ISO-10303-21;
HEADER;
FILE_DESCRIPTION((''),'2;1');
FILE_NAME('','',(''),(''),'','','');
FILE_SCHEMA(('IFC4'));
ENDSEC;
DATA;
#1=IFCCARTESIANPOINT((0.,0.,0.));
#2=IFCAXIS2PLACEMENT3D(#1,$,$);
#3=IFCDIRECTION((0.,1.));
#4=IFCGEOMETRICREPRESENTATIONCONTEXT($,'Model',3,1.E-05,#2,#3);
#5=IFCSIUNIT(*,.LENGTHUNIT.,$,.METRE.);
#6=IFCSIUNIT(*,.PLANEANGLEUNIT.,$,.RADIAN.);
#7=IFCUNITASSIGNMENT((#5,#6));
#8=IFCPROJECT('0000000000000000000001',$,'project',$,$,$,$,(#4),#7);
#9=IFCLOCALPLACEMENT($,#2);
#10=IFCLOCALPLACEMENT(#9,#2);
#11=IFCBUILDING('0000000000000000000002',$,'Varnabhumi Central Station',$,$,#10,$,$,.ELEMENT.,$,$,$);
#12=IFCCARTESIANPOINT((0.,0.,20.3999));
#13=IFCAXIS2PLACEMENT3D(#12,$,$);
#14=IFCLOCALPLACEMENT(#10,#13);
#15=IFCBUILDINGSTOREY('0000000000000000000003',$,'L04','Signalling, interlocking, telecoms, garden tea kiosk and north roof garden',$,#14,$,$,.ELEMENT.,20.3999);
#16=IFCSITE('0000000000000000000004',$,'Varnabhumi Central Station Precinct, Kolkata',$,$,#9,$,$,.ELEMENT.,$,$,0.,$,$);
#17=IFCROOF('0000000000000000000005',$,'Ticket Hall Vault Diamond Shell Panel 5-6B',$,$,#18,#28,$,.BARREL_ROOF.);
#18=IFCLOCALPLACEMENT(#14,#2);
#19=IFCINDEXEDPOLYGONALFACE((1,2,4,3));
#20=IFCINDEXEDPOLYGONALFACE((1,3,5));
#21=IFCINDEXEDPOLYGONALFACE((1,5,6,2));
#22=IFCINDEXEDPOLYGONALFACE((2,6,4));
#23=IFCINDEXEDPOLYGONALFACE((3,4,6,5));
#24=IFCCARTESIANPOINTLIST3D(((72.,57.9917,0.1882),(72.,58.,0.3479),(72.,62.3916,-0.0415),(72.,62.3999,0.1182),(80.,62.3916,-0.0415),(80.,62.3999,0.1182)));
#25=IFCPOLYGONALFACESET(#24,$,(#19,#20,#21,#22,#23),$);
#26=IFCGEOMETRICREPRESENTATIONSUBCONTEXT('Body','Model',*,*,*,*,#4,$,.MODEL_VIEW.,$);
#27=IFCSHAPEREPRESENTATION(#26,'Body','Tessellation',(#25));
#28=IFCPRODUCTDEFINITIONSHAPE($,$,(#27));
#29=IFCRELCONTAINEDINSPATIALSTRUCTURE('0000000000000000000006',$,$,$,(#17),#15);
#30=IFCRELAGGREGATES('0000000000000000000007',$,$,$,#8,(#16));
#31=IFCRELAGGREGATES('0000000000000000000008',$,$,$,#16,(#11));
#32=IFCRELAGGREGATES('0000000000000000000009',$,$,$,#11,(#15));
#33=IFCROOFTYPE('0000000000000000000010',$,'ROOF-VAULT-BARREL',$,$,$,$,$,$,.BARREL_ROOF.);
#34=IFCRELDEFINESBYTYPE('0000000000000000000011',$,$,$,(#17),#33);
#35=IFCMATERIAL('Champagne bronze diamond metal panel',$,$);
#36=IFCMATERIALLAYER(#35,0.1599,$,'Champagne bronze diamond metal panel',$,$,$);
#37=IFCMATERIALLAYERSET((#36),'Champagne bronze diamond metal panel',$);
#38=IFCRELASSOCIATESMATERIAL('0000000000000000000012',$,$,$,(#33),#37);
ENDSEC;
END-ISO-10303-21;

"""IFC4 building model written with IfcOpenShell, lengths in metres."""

from ifc_helpers import new_model, si_unit, direction, frame, origin, place, context, subcontext, project, spatial, polyline, outline, extrude, material, layer, layer_set, type_object, element, save


model = new_model("IFC4")

# Units and contexts
model_context = context("Model", 3, precision=1e-05, world=origin(), true_north=direction((0.0, 1.0)))
body_context = subcontext(model_context, "Body", "Model", "MODEL_VIEW")
ifc_project = project(units=[si_unit("LENGTHUNIT", "METRE"), si_unit("PLANEANGLEUNIT", "RADIAN")], contexts=[model_context])

# Site, building, storey
site_placement = place(None, origin())
site = spatial("IfcSite", under=ifc_project, at=site_placement, Name="Varnabhumi Central Station Precinct, Kolkata", CompositionType="ELEMENT", RefElevation=0.0)
building_placement = place(site_placement, origin())
building = spatial("IfcBuilding", under=site, at=building_placement, Name="Varnabhumi Central Station", CompositionType="ELEMENT")
storey_placement = place(building_placement, frame((0.0, 0.0, 20.3999)))
storey = spatial("IfcBuildingStorey", under=building, at=storey_placement, Name="L04", Description="Signalling, interlocking, telecoms, garden tea kiosk and north roof garden", CompositionType="ELEMENT", Elevation=20.3999)

# Roof
ifc_material_1 = material(Name="Champagne bronze diamond metal panel")
ifc_layer_1 = layer(ifc_material_1, 0.1599, Name="Champagne bronze diamond metal panel")
ifc_layer_set_1 = layer_set([ifc_layer_1], Name="Champagne bronze diamond metal panel")
roof_type_1 = type_object("IfcRoofType", Name="ROOF-VAULT-BARREL", PredefinedType="BARREL_ROOF", material=ifc_layer_set_1)
roof_1_placement = place(storey_placement, frame((72.0, 58.0, 0.3479), z_axis=(0.0, 0.052143, 0.99864), x_axis=(0.875943, 0.481758, -0.025154)))
element("IfcRoof", 1, at=roof_1_placement, inside=storey, type_object=roof_type_1, Name="Ticket Hall Vault Diamond Shell Panel 5-6B", PredefinedType="BARREL_ROOF", context=body_context, shape_type="SweptSolid", body=[
    extrude(outline(polyline([(0.0, 0.0), (9.133, 0.0), (2.1255, 3.8593), (0.0, 0.0)])), origin(), (0.0, 0.0, -1.0), 0.1599),
])

save(model, "model.ifc")
